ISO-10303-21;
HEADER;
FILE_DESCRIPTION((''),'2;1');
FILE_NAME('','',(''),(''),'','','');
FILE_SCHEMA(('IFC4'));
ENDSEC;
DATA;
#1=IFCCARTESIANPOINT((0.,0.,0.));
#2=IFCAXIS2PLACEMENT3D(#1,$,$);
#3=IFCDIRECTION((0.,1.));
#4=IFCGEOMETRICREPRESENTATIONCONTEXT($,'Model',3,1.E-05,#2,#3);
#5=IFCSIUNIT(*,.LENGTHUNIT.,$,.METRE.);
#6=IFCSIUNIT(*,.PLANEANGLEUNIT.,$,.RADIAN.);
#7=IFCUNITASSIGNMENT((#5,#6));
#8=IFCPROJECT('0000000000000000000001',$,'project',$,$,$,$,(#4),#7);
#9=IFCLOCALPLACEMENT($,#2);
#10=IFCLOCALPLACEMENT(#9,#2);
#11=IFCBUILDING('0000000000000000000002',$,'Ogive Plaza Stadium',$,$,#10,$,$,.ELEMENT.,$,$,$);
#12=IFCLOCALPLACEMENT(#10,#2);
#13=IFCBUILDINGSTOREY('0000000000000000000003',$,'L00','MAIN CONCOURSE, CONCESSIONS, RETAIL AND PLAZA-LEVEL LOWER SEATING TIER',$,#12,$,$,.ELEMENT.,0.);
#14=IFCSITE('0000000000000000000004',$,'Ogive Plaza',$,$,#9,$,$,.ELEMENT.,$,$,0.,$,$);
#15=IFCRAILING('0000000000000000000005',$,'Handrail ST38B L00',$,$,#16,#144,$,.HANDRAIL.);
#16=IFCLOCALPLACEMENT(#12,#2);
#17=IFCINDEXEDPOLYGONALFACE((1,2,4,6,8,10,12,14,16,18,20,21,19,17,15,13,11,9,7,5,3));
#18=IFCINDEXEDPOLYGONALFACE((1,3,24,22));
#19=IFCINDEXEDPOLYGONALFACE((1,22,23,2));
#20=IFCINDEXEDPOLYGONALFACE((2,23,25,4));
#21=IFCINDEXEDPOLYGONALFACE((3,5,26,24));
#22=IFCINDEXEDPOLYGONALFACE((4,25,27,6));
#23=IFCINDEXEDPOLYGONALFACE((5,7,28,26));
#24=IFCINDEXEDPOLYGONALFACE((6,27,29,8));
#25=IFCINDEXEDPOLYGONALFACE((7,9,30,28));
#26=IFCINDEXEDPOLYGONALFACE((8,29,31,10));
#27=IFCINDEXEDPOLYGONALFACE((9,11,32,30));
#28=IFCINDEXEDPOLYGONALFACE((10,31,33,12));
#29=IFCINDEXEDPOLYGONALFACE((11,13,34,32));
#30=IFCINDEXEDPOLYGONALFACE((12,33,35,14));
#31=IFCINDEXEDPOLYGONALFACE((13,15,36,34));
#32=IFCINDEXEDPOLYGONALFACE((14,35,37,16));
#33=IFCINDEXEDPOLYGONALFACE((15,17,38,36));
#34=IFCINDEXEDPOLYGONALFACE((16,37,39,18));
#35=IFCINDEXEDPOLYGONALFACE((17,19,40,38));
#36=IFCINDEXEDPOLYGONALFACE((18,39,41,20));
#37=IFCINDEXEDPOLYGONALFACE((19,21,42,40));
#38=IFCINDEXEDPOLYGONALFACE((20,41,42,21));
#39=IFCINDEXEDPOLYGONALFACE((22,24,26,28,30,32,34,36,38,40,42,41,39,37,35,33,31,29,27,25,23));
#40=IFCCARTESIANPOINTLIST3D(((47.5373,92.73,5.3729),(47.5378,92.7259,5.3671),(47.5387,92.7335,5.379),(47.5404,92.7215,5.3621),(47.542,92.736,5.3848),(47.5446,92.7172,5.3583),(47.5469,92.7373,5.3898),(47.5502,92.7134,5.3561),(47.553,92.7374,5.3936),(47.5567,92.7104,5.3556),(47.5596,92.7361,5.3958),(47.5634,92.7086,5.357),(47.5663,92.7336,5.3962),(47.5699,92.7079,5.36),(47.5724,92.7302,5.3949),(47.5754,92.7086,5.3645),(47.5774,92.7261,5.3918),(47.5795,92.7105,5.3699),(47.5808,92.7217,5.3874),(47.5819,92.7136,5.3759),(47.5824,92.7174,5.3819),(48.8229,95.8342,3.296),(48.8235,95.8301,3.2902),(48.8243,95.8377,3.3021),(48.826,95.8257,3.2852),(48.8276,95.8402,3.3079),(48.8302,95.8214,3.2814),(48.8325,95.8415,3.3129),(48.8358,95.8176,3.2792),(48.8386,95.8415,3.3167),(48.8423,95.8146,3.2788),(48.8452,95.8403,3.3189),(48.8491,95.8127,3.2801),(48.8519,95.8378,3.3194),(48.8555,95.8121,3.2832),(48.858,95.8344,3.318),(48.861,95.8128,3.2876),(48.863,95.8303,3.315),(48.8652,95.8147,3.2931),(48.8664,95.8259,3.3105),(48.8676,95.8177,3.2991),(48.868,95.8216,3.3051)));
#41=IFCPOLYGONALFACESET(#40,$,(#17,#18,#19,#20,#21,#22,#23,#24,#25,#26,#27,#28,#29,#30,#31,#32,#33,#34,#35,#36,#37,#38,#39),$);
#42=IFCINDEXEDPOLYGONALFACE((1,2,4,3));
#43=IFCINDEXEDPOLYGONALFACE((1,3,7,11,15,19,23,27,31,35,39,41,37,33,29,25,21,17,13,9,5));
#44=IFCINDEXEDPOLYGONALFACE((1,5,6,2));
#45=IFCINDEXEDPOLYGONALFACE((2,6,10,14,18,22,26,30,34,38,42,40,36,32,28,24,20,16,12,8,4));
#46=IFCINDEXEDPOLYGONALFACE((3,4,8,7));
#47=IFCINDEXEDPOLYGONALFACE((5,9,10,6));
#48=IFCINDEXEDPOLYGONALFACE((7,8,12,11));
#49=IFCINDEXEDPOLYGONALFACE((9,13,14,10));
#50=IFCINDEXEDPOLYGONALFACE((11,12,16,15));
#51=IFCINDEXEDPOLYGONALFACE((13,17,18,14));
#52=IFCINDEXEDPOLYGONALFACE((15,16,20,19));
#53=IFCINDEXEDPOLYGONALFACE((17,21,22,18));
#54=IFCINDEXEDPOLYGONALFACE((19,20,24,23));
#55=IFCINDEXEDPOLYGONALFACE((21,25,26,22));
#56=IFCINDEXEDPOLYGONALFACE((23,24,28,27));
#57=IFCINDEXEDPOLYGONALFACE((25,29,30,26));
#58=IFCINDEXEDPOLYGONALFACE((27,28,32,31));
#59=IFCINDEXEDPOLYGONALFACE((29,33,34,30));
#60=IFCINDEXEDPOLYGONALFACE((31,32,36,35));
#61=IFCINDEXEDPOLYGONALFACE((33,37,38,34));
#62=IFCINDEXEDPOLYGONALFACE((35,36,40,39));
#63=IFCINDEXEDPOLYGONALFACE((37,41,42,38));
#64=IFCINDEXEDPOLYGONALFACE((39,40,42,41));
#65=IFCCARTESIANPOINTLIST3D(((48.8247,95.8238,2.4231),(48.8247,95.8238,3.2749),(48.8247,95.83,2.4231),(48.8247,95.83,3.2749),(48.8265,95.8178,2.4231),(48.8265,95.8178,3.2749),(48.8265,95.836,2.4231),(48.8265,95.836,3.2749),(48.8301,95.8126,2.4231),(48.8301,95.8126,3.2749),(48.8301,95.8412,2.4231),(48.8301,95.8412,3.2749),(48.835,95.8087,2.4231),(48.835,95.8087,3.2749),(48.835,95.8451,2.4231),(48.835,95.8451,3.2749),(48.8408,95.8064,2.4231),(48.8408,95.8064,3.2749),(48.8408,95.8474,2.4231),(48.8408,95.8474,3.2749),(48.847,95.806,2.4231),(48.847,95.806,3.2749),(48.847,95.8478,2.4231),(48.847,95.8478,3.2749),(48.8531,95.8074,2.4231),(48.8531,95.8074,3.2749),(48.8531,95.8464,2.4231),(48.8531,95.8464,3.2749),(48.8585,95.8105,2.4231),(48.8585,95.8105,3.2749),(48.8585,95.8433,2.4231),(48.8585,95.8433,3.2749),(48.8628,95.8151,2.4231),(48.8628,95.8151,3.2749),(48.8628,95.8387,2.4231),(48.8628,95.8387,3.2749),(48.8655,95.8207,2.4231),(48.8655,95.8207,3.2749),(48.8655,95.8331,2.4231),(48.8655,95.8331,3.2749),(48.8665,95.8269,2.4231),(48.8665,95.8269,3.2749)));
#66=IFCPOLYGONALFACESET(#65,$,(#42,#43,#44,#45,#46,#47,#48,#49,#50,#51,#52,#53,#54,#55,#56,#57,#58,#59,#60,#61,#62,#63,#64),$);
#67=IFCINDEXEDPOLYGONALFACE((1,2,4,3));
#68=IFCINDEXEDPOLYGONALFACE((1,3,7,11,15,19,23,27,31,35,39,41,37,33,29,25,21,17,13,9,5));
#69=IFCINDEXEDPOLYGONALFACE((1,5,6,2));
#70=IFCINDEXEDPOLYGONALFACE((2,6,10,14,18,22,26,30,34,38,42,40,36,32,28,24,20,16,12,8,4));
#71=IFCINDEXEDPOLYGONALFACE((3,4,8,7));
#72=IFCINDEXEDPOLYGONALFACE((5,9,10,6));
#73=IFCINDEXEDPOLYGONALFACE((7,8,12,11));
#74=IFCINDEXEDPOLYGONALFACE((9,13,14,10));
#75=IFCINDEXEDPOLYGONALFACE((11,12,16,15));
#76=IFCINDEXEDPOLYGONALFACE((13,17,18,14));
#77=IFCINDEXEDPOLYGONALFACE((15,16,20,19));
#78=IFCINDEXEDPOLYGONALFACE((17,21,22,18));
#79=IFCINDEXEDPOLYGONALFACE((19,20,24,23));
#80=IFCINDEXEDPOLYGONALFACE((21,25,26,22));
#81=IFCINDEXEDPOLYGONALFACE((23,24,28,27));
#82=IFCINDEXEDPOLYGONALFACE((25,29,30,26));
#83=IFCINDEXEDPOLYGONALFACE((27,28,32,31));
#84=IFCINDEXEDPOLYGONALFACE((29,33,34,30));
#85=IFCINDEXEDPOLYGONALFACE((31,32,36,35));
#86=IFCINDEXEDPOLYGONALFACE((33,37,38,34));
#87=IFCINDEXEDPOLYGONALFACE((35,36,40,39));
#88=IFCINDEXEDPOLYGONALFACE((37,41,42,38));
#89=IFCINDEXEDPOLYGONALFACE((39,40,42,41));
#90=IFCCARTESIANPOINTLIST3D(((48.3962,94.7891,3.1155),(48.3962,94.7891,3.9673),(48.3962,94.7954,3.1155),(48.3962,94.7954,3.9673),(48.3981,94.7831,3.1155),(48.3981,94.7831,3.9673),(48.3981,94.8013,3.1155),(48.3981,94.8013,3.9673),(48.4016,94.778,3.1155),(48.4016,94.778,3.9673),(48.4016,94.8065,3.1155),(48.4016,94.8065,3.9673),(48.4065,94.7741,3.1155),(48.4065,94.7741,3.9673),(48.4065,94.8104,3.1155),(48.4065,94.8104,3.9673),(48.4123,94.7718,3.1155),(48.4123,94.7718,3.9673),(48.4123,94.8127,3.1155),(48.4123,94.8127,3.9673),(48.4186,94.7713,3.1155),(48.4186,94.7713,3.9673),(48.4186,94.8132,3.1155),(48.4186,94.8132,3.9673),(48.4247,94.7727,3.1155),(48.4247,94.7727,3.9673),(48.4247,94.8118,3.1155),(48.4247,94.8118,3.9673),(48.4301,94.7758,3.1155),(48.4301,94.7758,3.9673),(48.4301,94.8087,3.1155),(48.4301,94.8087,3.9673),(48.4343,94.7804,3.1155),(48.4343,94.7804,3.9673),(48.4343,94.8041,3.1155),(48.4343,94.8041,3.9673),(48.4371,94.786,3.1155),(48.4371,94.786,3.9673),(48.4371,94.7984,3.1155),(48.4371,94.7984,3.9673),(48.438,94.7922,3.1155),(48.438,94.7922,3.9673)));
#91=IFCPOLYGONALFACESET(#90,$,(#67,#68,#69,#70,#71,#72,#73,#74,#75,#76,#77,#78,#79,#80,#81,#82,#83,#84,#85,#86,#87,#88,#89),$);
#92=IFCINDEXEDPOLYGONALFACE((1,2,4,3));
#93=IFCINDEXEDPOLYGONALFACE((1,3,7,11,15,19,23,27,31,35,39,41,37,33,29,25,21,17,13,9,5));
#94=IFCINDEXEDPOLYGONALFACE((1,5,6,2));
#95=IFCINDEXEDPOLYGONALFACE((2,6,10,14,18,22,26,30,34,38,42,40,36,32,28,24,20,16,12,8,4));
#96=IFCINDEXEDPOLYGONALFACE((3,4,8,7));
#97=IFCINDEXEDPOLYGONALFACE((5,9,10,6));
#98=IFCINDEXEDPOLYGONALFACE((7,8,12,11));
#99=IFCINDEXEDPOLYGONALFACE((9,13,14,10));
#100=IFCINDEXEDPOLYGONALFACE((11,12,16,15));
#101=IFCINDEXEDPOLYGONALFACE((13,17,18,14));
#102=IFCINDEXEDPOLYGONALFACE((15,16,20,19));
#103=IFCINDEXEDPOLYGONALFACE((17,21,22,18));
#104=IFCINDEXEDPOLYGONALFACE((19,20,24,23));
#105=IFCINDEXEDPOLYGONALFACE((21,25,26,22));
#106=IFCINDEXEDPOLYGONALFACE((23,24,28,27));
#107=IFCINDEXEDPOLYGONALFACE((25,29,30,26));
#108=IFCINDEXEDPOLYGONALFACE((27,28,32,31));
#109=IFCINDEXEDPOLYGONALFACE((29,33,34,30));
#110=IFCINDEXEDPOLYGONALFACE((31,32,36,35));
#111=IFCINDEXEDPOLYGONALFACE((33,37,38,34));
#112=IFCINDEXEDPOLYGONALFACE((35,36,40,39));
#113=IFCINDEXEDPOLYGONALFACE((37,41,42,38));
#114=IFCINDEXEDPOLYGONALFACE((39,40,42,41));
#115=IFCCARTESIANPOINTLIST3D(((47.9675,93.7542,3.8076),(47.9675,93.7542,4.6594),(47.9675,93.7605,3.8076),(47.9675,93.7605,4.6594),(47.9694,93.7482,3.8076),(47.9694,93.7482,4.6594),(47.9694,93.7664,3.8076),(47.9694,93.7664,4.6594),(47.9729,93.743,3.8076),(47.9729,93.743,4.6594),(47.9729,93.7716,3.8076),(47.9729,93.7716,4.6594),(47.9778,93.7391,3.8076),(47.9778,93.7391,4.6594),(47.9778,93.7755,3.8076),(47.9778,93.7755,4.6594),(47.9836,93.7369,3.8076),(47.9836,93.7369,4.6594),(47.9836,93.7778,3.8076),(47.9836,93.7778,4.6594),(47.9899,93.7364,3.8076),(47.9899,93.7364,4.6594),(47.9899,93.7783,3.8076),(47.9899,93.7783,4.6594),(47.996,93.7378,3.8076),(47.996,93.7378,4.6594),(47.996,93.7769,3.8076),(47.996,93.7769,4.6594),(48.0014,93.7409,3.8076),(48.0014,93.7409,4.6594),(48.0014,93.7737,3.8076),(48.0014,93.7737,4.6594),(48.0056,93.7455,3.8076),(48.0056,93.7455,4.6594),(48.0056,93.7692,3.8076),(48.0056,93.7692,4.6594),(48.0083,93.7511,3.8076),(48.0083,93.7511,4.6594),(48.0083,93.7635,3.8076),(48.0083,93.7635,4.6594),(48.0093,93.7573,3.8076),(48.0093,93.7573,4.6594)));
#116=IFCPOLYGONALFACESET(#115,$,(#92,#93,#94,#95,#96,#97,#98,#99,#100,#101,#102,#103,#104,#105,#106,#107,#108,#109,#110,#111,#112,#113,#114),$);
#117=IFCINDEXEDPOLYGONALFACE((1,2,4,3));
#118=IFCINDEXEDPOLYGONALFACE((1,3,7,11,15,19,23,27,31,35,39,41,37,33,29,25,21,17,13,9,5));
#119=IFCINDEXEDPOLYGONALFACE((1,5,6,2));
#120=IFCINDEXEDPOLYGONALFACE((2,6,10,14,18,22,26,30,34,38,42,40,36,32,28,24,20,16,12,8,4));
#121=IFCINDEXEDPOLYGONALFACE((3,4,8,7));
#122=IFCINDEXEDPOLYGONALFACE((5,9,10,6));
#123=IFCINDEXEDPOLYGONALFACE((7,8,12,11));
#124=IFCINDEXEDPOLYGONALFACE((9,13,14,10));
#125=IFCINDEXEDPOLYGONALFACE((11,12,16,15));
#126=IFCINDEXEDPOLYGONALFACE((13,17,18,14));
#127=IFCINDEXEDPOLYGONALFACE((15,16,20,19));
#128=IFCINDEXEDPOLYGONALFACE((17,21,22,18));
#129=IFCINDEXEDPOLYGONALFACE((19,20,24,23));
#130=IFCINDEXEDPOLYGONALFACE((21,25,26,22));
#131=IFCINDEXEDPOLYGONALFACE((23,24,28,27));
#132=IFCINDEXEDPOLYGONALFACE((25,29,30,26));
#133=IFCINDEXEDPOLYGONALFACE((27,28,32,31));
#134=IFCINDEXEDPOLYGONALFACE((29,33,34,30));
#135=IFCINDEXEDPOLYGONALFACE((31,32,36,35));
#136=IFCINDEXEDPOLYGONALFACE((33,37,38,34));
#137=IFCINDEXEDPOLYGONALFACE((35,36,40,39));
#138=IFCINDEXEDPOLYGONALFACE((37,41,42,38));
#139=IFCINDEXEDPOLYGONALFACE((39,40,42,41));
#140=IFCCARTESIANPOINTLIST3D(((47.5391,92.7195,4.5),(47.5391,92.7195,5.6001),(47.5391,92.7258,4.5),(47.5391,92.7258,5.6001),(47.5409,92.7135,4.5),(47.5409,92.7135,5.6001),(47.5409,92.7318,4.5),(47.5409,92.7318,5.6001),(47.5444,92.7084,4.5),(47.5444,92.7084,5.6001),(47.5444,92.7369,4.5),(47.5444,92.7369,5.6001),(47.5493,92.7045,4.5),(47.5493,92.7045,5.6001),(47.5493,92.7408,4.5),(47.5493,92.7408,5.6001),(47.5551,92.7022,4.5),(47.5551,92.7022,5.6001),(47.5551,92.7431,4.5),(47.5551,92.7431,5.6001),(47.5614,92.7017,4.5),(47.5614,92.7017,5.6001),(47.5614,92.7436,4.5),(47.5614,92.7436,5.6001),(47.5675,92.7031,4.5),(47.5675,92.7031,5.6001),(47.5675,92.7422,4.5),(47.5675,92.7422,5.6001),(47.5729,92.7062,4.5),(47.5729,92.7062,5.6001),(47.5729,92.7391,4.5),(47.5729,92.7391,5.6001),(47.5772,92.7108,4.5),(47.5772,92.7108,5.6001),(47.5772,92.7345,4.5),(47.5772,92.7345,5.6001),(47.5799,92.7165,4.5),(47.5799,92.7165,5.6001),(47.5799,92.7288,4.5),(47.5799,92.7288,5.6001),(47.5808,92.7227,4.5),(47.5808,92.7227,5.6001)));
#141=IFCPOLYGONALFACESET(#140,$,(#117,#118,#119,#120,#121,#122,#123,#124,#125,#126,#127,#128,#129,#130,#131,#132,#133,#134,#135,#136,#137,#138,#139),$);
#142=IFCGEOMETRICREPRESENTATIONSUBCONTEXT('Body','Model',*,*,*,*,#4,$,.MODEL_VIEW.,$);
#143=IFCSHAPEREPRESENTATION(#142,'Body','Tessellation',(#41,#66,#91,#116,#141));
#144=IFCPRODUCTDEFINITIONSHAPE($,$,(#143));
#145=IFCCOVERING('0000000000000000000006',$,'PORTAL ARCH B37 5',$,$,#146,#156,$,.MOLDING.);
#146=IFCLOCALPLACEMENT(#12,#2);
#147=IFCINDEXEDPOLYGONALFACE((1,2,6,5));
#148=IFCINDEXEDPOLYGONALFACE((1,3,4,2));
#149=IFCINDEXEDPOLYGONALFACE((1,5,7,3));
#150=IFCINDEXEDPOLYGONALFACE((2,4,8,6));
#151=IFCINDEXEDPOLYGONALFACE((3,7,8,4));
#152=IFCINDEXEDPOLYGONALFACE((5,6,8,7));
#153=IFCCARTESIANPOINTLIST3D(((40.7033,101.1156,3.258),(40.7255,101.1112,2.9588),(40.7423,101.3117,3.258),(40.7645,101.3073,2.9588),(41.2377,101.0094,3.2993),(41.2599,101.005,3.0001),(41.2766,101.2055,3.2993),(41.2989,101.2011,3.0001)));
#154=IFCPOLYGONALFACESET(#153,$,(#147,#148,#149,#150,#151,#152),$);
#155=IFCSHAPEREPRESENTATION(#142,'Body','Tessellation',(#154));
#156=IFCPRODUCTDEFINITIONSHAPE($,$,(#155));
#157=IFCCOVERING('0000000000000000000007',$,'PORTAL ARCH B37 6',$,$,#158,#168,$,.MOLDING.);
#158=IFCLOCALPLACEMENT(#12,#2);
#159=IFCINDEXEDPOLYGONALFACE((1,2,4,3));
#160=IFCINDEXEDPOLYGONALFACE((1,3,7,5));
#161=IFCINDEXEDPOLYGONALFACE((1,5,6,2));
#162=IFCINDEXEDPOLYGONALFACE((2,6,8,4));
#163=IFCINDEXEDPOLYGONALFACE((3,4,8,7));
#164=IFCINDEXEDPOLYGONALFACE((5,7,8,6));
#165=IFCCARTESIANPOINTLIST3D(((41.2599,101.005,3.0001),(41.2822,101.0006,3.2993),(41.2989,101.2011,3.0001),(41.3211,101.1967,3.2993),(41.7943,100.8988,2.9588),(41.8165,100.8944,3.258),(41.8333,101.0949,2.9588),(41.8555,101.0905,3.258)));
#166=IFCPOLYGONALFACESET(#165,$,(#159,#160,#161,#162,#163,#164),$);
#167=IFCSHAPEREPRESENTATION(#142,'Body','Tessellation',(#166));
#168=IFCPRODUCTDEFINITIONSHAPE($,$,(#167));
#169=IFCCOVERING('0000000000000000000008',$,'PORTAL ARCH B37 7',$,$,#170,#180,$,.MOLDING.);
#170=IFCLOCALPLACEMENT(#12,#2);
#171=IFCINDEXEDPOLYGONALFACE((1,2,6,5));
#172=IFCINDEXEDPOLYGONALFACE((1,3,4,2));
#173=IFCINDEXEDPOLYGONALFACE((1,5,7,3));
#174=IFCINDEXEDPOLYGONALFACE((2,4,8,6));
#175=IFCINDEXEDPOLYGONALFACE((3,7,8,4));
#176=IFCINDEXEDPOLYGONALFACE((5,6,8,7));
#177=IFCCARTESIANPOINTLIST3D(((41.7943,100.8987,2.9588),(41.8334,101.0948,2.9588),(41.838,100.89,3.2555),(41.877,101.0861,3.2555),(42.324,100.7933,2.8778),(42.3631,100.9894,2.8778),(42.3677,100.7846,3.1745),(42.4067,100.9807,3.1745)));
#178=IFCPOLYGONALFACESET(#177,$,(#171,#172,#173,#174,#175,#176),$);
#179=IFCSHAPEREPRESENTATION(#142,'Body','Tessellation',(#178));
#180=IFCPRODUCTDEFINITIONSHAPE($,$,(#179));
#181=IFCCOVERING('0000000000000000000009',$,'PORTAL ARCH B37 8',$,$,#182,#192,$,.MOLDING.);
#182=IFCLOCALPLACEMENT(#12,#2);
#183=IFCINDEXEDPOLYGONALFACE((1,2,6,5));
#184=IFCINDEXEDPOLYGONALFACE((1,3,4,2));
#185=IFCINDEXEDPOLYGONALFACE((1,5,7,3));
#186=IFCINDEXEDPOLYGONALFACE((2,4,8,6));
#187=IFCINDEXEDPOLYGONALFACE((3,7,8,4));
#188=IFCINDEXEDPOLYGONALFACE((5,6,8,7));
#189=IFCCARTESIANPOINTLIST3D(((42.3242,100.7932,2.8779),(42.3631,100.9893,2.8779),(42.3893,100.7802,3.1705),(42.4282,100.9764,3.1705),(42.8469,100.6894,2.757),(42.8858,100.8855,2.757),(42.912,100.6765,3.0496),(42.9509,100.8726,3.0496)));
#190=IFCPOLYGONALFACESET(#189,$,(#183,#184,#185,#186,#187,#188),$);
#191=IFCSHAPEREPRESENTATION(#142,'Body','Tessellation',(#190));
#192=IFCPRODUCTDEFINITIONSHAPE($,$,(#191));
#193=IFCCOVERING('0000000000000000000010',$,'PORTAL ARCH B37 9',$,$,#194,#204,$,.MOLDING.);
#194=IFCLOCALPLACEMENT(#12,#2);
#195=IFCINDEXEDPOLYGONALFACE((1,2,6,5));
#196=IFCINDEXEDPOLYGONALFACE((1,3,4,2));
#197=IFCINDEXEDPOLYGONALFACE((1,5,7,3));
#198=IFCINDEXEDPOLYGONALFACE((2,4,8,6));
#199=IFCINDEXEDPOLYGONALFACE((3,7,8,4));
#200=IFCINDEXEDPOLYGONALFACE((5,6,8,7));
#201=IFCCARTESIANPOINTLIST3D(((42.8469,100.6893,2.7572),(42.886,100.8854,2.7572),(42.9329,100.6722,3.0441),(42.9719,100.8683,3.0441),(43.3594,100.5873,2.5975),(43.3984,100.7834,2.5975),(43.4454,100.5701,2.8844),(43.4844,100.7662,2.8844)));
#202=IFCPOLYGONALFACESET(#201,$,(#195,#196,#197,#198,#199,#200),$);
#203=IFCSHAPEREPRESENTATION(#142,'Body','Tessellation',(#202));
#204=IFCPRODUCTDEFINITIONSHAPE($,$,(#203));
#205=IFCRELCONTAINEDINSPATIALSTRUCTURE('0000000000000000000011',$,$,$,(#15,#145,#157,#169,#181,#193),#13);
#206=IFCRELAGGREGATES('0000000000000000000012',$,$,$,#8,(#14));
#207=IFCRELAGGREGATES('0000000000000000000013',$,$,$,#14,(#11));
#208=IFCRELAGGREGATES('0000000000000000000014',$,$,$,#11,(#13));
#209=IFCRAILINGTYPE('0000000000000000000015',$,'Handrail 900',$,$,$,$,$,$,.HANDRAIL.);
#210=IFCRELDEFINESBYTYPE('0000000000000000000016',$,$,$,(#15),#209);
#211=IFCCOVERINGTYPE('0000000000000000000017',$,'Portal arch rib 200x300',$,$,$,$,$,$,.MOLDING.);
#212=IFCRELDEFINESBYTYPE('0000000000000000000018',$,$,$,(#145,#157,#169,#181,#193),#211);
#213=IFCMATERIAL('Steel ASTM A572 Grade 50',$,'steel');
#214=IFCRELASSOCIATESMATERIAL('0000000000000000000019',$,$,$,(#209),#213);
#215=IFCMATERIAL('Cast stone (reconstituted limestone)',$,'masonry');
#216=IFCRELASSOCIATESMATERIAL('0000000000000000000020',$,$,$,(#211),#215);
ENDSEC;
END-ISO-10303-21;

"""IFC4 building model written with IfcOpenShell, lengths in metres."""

from ifc_helpers import new_model, si_unit, direction, frame, origin, origin_2d, place, context, subcontext, project, spatial, rectangle, circle, extrude, material, material_profile, profile_set, type_object, element, save


model = new_model("IFC4")

# Units and contexts
model_context = context("Model", 3, precision=1e-05, world=origin(), true_north=direction((0.0, 1.0)))
body_context = subcontext(model_context, "Body", "Model", "MODEL_VIEW")
ifc_project = project(units=[si_unit("LENGTHUNIT", "METRE"), si_unit("PLANEANGLEUNIT", "RADIAN")], contexts=[model_context])

# Site, building, storey
site_placement = place(None, origin())
site = spatial("IfcSite", under=ifc_project, at=site_placement, Name="Ogive Plaza", CompositionType="ELEMENT", RefElevation=0.0)
building_placement = place(site_placement, origin())
building = spatial("IfcBuilding", under=site, at=building_placement, Name="Ogive Plaza Stadium", CompositionType="ELEMENT")
storey_placement = place(building_placement, origin())
storey = spatial("IfcBuildingStorey", under=building, at=storey_placement, Name="L00", Description="MAIN CONCOURSE, CONCESSIONS, RETAIL AND PLAZA-LEVEL LOWER SEATING TIER", CompositionType="ELEMENT", Elevation=0.0)

# Railing
ifc_material_1 = material(Name="Steel ASTM A572 Grade 50", Category="steel")
railing_type_1 = type_object("IfcRailingType", Name="Handrail 900", PredefinedType="HANDRAIL", material=ifc_material_1)
railing_1_placement = place(storey_placement, frame((48.8455, 95.8269, 2.4231)))
element("IfcRailing", 1, at=railing_1_placement, inside=storey, type_object=railing_type_1, Name="Handrail ST38B L00", PredefinedType="HANDRAIL", context=body_context, shape_type="SweptSolid", body=[
    extrude(circle(Radius=0.0239, at=origin_2d()), frame((0.0, 0.0, 0.876), z_axis=(-0.325477, -0.785879, 0.525794), x_axis=(0.923898, -0.382638, 0.0)), (0.0, 0.0, 1.0), 3.95),
    extrude(circle(Radius=0.021, at=origin_2d()), origin(), (0.0, 0.0, 1.0), 0.8518),
    extrude(circle(Radius=0.021, at=origin_2d()), frame((-0.4285, -1.0347, 0.6924)), (0.0, 0.0, 1.0), 0.8518),
    extrude(circle(Radius=0.021, at=origin_2d()), frame((-0.8572, -2.0696, 1.3845)), (0.0, 0.0, 1.0), 0.8518),
    extrude(circle(Radius=0.021, at=origin_2d()), frame((-1.2856, -3.1042, 2.0769)), (0.0, 0.0, 1.0), 1.1001),
])

# Coverings
ifc_material_2 = material(Name="Cast stone (reconstituted limestone)", Category="masonry")
ifc_material_profile_1 = material_profile(ifc_material_2, rectangle(XDim=0.2, YDim=0.3, at=origin_2d()), Name="Cast stone 200x300")
ifc_profile_set_1 = profile_set([ifc_material_profile_1], Name="Cast stone (reconstituted limestone)")
covering_type = type_object("IfcCoveringType", Name="Portal arch rib 200x300", PredefinedType="MOLDING", material=ifc_profile_set_1)
for number, where, z_axis, x_axis, name in (
    (2, (40.7339, 101.2114, 3.1084), (0.978021, -0.194353, 0.075507), (0.19491, 0.980821, 0.0), "PORTAL ARCH B37 5"),
    (3, (41.2905, 101.1008, 3.1497), (0.978021, -0.194353, -0.075507), (0.19491, 0.980821, 0.0), "PORTAL ARCH B37 6"),
):
    element("IfcCovering", number, at=place(storey_placement, frame(where, z_axis=z_axis, x_axis=x_axis)), inside=storey, type_object=covering_type, Name=name, PredefinedType="MOLDING", context=body_context, shape_type="SweptSolid", body=[
        extrude(rectangle(XDim=0.2, YDim=0.3, at=origin_2d()), origin(), (0.0, 0.0, 1.0), 0.5464),
    ])
covering_1_placement = place(storey_placement, frame((41.8357, 100.9924, 3.1072), z_axis=(0.969896, -0.193085, -0.14839), x_axis=(0.195247, 0.980754, 0.0)))
element("IfcCovering", 4, at=covering_1_placement, inside=storey, type_object=covering_type, Name="PORTAL ARCH B37 7", PredefinedType="MOLDING", context=body_context, shape_type="SweptSolid", body=[
    extrude(rectangle(XDim=0.2, YDim=0.3, at=origin_2d()), origin(), (0.0, 0.0, 1.0), 0.5461),
])
for number, where, z_axis, x_axis, name in (
    (5, (42.3762, 100.8848, 3.0242), (0.956573, -0.189885, -0.22116), (0.194706, 0.980862, 0.0), "PORTAL ARCH B37 8"),
    (6, (42.9094, 100.7788, 2.9006), (0.937929, -0.186781, -0.292237), (0.195307, 0.980742, 0.0), "PORTAL ARCH B37 9"),
):
    element("IfcCovering", number, at=place(storey_placement, frame(where, z_axis=z_axis, x_axis=x_axis)), inside=storey, type_object=covering_type, Name=name, PredefinedType="MOLDING", context=body_context, shape_type="SweptSolid", body=[
        extrude(rectangle(XDim=0.2, YDim=0.3, at=origin_2d()), origin(), (0.0, 0.0, 1.0), 0.5464),
    ])

save(model, "model.ifc")
